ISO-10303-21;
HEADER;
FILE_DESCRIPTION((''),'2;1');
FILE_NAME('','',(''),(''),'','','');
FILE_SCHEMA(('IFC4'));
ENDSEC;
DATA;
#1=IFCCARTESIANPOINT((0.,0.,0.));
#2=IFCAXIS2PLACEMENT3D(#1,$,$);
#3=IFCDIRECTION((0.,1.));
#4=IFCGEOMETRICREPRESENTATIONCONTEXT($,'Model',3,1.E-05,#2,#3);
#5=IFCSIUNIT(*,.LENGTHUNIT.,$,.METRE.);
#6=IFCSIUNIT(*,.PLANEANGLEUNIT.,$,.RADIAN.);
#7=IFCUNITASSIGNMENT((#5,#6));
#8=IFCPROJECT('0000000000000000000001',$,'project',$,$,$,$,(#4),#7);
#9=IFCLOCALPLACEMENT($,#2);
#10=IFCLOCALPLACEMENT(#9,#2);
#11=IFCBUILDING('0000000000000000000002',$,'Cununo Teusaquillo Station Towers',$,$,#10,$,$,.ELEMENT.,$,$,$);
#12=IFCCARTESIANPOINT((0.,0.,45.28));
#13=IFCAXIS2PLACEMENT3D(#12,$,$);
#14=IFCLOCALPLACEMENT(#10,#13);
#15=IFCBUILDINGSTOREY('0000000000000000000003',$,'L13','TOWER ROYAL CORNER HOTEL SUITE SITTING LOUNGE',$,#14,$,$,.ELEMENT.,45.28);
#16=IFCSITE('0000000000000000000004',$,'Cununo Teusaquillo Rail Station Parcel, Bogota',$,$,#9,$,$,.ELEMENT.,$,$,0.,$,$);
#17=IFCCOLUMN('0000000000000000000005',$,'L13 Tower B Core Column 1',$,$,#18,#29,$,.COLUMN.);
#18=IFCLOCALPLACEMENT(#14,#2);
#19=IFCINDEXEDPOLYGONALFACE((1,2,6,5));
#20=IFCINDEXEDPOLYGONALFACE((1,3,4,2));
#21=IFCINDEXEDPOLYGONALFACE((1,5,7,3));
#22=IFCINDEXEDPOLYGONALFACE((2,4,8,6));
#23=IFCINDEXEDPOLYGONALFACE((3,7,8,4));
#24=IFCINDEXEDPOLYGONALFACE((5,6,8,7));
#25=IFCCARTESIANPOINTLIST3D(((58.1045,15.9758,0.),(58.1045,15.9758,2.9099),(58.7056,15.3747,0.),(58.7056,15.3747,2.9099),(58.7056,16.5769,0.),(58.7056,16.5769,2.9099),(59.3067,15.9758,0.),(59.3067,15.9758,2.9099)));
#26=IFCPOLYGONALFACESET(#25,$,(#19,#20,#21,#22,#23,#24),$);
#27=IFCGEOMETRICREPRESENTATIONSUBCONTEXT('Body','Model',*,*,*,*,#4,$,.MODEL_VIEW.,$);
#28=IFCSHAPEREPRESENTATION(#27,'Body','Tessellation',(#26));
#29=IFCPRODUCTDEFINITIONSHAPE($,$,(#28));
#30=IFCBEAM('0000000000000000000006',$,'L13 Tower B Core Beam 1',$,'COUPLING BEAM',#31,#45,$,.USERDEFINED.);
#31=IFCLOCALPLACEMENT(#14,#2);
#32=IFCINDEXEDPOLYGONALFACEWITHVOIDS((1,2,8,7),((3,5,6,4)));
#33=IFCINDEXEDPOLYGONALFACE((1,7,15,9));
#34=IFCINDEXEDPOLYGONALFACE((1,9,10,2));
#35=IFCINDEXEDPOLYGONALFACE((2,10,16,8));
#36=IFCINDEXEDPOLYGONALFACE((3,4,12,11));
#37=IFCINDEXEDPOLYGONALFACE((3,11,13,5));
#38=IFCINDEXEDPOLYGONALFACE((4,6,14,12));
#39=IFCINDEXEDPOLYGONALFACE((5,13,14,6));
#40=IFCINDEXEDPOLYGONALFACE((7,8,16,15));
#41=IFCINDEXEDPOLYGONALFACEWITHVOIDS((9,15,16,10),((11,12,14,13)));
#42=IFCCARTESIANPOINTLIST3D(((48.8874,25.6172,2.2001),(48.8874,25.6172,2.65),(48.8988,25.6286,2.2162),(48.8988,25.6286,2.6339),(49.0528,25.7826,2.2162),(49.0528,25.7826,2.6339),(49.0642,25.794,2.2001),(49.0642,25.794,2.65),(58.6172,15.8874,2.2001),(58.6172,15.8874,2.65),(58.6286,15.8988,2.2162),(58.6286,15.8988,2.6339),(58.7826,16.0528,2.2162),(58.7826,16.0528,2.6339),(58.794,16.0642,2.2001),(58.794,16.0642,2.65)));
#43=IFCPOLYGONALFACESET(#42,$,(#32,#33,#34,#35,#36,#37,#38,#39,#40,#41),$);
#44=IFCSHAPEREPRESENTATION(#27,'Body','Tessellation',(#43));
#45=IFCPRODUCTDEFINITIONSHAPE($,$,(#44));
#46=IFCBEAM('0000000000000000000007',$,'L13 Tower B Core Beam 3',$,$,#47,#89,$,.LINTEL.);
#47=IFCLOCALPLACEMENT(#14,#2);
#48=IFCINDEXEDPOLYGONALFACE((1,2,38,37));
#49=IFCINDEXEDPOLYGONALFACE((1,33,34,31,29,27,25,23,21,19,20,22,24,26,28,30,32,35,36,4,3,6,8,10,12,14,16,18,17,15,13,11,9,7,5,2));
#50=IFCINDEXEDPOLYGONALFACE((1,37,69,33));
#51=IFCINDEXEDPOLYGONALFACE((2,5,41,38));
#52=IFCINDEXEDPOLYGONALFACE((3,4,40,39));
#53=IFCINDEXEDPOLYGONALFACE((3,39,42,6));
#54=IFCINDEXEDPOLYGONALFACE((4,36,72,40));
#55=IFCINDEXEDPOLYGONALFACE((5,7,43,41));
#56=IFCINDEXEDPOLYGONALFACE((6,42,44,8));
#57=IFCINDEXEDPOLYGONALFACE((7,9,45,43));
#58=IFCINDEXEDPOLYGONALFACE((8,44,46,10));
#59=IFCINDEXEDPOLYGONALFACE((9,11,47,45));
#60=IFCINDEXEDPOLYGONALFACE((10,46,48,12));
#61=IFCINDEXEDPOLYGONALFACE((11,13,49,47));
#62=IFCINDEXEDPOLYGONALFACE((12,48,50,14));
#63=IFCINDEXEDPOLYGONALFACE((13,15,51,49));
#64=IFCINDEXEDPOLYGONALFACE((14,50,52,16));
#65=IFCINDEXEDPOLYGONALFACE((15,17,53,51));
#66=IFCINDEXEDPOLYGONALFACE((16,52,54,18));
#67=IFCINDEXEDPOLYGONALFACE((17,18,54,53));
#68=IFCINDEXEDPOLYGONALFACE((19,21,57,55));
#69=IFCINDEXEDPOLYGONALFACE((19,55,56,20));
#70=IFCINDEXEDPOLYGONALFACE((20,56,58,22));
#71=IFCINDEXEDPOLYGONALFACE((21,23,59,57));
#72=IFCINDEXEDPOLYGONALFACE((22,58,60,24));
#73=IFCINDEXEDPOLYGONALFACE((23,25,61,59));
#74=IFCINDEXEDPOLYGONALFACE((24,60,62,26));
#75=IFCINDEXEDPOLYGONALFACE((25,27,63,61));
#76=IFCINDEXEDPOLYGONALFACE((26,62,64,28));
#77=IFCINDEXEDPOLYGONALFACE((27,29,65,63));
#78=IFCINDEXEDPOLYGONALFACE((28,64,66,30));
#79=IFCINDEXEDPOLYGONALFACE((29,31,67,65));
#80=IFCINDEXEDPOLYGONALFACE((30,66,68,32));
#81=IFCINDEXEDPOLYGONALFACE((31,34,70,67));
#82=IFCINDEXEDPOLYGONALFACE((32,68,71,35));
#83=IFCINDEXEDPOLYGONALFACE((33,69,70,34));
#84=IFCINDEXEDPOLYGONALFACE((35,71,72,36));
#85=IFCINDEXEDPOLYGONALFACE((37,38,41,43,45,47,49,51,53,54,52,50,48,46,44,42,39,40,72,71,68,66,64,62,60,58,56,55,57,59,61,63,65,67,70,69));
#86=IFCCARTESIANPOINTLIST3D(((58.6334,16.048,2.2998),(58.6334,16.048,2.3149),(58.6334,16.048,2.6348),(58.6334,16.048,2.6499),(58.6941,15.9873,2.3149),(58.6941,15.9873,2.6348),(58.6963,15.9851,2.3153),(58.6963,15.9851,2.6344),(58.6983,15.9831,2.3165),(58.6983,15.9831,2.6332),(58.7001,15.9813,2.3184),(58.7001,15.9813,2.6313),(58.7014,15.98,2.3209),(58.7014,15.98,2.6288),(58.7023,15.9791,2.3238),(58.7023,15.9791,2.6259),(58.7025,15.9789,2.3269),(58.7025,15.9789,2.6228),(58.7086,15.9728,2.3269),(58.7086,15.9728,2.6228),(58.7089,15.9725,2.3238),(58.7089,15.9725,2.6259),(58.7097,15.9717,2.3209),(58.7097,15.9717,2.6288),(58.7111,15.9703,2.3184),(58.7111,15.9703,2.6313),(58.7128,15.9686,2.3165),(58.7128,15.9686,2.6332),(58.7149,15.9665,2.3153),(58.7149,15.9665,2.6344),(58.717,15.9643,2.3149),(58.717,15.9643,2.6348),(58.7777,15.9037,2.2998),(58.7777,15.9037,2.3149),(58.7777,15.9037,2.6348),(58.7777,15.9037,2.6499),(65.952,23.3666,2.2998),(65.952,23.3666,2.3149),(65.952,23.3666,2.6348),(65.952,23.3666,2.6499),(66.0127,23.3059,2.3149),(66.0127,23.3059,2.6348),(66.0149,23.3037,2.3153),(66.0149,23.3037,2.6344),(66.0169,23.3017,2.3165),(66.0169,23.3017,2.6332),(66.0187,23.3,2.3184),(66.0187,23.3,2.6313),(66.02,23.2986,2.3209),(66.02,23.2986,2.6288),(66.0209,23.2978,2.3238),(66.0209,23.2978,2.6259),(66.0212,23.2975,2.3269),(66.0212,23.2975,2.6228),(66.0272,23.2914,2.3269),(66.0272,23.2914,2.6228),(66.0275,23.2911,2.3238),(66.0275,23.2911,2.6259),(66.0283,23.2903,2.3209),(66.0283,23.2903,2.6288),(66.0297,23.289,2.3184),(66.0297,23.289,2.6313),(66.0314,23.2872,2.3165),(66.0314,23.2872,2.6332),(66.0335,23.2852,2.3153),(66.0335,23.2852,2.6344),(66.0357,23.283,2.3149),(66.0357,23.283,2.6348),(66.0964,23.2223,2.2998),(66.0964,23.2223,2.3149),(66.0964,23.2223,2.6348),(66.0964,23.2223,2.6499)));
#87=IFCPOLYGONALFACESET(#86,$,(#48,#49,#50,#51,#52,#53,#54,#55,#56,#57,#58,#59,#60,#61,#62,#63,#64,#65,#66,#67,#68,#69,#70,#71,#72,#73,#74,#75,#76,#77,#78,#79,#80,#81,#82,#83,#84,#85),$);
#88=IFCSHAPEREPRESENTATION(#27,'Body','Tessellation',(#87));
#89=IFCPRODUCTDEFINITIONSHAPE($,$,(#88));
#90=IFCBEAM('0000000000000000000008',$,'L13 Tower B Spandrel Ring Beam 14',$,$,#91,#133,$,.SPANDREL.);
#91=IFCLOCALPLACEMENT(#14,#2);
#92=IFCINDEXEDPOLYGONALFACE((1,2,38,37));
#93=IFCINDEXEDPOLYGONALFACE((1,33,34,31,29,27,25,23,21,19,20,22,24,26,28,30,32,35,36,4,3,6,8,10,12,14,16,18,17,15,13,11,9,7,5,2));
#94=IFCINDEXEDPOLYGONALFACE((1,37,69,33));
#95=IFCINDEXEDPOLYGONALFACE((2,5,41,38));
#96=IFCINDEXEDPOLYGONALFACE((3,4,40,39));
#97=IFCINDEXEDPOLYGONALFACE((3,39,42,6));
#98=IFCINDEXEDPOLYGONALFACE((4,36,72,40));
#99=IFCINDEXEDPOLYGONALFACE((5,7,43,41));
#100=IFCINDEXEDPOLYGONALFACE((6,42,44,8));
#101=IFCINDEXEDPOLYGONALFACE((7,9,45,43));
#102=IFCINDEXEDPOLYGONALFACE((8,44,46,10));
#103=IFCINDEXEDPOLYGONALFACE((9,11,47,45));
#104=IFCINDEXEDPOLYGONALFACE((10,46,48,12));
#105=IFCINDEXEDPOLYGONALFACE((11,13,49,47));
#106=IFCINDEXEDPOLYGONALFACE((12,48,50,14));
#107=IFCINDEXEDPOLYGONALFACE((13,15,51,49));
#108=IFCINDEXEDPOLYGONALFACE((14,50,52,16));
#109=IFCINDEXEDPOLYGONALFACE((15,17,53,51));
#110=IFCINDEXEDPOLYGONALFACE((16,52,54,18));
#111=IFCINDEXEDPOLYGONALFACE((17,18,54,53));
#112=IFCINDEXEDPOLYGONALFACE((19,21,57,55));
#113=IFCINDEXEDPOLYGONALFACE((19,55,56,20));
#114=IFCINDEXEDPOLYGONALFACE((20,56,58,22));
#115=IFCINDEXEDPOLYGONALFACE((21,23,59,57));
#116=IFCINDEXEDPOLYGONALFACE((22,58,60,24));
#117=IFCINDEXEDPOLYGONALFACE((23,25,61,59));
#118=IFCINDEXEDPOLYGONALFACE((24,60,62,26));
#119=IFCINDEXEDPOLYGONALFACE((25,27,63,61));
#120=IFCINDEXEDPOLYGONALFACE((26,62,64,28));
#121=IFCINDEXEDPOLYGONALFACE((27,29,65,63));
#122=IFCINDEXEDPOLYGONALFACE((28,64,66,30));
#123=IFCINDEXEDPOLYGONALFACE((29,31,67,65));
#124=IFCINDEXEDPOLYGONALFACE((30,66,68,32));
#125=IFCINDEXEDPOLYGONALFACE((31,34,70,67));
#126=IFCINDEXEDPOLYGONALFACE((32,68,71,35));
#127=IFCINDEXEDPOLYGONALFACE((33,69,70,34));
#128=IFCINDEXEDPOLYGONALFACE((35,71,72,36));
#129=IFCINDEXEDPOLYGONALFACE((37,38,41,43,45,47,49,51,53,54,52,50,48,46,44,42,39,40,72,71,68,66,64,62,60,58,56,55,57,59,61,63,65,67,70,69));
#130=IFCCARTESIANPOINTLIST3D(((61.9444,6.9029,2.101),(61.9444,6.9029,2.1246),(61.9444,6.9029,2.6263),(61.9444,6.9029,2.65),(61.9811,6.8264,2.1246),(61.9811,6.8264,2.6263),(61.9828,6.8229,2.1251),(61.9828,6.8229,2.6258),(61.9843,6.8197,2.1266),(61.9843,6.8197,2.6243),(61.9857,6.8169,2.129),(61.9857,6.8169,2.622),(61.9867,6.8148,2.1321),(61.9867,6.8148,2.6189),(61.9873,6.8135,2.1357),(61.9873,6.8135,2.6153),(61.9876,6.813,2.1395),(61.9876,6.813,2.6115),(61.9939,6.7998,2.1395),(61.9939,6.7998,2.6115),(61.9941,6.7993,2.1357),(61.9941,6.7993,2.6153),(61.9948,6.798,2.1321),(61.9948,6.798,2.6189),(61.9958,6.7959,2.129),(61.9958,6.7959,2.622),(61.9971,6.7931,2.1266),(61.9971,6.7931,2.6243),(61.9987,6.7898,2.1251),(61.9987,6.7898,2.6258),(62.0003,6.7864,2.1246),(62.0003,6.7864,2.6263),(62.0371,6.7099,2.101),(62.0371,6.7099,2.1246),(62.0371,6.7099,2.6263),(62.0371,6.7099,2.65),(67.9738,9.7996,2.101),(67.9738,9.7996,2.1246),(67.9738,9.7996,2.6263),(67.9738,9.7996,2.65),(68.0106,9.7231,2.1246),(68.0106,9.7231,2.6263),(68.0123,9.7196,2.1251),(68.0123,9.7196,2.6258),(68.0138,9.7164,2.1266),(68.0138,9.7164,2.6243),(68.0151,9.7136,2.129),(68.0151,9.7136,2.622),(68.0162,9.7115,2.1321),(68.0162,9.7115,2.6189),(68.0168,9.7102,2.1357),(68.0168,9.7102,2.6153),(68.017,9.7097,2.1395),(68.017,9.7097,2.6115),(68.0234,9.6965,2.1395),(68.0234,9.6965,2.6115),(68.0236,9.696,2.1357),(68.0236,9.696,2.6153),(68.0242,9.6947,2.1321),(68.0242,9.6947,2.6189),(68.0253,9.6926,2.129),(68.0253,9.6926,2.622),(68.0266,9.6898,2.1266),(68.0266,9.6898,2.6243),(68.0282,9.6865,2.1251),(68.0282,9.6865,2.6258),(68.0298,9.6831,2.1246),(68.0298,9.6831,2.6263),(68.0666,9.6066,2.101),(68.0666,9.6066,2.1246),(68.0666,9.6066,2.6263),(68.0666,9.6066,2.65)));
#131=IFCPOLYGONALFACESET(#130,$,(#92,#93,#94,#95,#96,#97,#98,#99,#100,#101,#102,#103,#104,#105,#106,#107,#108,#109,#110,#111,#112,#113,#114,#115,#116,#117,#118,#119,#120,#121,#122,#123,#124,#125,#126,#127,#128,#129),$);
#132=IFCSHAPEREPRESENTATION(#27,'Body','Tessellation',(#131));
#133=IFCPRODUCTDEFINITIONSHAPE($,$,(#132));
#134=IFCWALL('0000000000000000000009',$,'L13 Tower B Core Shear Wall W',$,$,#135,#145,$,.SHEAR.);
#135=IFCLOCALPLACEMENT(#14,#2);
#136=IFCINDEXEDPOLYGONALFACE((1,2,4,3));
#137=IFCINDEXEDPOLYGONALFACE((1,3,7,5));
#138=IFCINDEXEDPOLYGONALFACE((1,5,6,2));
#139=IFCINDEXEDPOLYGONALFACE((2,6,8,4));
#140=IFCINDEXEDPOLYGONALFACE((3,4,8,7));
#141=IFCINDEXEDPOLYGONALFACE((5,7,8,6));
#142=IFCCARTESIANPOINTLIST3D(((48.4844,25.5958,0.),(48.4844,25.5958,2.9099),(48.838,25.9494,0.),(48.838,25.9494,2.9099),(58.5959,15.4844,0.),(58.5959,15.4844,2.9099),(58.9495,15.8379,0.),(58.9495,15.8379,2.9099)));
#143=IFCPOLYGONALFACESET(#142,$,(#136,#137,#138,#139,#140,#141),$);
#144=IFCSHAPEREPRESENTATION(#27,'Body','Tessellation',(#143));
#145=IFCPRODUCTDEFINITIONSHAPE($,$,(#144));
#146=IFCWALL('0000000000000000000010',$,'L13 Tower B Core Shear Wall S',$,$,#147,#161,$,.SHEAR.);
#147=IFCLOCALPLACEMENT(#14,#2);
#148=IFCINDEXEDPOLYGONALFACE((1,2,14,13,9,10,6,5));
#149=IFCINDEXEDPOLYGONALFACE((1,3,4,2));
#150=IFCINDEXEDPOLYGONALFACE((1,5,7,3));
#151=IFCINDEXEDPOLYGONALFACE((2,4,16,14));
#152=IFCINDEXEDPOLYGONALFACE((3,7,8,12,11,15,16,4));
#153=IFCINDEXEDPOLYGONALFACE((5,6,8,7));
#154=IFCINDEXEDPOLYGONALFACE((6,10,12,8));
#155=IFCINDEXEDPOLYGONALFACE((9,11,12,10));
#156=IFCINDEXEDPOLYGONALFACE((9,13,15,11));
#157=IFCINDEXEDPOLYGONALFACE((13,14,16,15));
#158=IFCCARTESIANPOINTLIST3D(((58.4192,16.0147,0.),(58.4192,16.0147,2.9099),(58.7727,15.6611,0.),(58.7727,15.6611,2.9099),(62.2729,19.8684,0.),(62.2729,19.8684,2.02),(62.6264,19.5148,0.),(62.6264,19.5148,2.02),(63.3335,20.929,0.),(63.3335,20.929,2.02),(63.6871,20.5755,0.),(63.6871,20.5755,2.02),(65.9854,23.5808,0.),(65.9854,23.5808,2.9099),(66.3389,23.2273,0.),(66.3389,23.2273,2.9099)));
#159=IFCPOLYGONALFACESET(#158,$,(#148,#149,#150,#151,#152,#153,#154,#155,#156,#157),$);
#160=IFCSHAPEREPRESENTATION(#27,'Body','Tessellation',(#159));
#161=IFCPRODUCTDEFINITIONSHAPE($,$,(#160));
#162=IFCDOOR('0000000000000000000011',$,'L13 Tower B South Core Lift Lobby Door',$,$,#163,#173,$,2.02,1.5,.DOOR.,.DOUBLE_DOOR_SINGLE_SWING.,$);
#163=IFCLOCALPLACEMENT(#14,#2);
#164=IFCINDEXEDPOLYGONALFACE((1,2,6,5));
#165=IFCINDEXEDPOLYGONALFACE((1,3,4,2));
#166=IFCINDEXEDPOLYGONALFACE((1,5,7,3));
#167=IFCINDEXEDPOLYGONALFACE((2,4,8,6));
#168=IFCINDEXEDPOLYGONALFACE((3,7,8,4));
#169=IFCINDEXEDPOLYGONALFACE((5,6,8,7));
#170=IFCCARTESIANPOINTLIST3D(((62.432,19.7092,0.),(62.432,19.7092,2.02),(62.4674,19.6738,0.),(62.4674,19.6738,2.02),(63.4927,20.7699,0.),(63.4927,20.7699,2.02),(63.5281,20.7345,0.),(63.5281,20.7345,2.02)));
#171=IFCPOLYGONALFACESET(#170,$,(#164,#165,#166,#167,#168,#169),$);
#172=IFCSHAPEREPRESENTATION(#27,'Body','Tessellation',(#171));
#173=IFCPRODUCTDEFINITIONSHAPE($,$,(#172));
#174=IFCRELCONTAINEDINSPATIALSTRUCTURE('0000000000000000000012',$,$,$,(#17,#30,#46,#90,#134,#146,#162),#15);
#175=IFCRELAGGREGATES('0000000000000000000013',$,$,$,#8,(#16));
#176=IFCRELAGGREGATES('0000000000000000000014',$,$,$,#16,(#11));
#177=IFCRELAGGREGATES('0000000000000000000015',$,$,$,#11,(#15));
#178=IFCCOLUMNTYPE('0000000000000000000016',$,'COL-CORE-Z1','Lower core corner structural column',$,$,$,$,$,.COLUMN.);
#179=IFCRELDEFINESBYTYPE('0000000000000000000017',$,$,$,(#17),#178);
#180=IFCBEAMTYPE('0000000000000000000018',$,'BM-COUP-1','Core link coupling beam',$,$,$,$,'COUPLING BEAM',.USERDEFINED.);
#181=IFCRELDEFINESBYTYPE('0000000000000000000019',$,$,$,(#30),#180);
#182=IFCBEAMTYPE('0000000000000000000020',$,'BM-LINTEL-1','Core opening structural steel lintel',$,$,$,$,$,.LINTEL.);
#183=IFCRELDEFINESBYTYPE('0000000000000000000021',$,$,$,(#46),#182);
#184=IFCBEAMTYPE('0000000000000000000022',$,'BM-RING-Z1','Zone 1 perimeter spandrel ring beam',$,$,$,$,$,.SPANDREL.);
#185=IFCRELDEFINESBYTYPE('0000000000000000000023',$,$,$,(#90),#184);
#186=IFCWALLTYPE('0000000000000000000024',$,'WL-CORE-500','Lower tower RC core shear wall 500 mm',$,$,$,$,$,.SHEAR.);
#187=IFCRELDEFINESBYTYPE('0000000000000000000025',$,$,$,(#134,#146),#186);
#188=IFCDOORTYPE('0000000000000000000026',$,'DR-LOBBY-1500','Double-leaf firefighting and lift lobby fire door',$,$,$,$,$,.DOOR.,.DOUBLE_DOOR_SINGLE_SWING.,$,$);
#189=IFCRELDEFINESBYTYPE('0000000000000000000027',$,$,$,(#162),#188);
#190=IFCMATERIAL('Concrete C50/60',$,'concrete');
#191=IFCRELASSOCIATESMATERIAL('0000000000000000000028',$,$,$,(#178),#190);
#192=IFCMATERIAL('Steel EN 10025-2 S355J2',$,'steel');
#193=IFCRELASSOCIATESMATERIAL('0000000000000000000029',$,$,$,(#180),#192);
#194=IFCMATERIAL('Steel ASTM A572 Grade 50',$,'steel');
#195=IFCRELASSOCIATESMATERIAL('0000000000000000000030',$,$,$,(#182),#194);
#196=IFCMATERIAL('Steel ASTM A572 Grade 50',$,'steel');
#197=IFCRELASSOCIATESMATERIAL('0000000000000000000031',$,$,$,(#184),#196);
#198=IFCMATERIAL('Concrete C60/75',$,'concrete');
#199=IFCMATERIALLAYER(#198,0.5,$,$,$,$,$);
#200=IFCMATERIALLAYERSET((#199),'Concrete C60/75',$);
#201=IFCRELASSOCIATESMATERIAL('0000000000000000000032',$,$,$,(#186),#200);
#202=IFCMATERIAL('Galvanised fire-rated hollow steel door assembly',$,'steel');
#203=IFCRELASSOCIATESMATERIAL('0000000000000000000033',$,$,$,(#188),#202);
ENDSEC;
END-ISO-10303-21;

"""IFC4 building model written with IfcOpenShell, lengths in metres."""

from ifc_helpers import new_model, si_unit, direction, frame, frame_2d, origin, origin_2d, place, context, subcontext, project, spatial, rectangle, hollow_rectangle, i_section, extrude, source, transform, mapped, material, layer, layer_set, material_profile, profile_set, type_object, element, fill, save


model = new_model("IFC4")

# Units and contexts
model_context = context("Model", 3, precision=1e-05, world=origin(), true_north=direction((0.0, 1.0)))
body_context = subcontext(model_context, "Body", "Model", "MODEL_VIEW")
ifc_project = project(units=[si_unit("LENGTHUNIT", "METRE"), si_unit("PLANEANGLEUNIT", "RADIAN")], contexts=[model_context])

# Site, building, storey
site_placement = place(None, origin())
site = spatial("IfcSite", under=ifc_project, at=site_placement, Name="Cununo Teusaquillo Rail Station Parcel, Bogota", CompositionType="ELEMENT", RefElevation=0.0)
building_placement = place(site_placement, origin())
building = spatial("IfcBuilding", under=site, at=building_placement, Name="Cununo Teusaquillo Station Towers", CompositionType="ELEMENT")
storey_placement = place(building_placement, frame((0.0, 0.0, 45.28)))
storey = spatial("IfcBuildingStorey", under=building, at=storey_placement, Name="L13", Description="TOWER ROYAL CORNER HOTEL SUITE SITTING LOUNGE", CompositionType="ELEMENT", Elevation=45.28)

# Column
ifc_material_1 = material(Name="Concrete C50/60", Category="concrete")
ifc_material_profile_1 = material_profile(ifc_material_1, rectangle(XDim=0.8501, YDim=0.8501, at=origin_2d()), Name="RC-RECT-850x850")
ifc_profile_set_1 = profile_set([ifc_material_profile_1], Name="Concrete C50/60")
column_type = type_object("IfcColumnType", Name="COL-CORE-Z1", Description="Lower core corner structural column", PredefinedType="COLUMN", material=ifc_profile_set_1)
column_placement = place(storey_placement, frame((58.7056, 15.9758, 0.0), z_axis=(0.0, 0.0, 1.0), x_axis=(0.707107, 0.707107, 0.0)))
element("IfcColumn", 1, at=column_placement, inside=storey, type_object=column_type, Name="L13 Tower B Core Column 1", PredefinedType="COLUMN", context=body_context, shape_type="SweptSolid", body=[
    extrude(rectangle(XDim=0.8501, YDim=0.8501, at=origin_2d()), origin(), (0.0, 0.0, 1.0), 2.9099),
])

# Beams
ifc_material_2 = material(Name="Steel EN 10025-2 S355J2", Category="steel")
ifc_material_profile_2 = material_profile(ifc_material_2, hollow_rectangle(XDim=0.25, YDim=0.45, WallThickness=0.0161, at=origin_2d()), Name="RHS 450x250x16")
ifc_profile_set_2 = profile_set([ifc_material_profile_2], Name="Steel EN 10025-2 S355J2")
beam_type_1 = type_object("IfcBeamType", Name="BM-COUP-1", Description="Core link coupling beam", ElementType="COUPLING BEAM", PredefinedType="USERDEFINED", material=ifc_profile_set_2)
beam_1_placement = place(storey_placement, frame((58.7056, 15.9758, 2.425), z_axis=(-0.707107, 0.707107, 0.0), x_axis=(-0.707107, -0.707107, 0.0)))
element("IfcBeam", 2, at=beam_1_placement, inside=storey, type_object=beam_type_1, Name="L13 Tower B Core Beam 1", ObjectType="COUPLING BEAM", PredefinedType="USERDEFINED", context=body_context, shape_type="SweptSolid", body=[
    extrude(hollow_rectangle(XDim=0.25, YDim=0.45, WallThickness=0.0161, at=origin_2d()), origin(), (0.0, 0.0, 1.0), 13.76),
])
ifc_material_3 = material(Name="Steel ASTM A572 Grade 50", Category="steel")
ifc_material_profile_3 = material_profile(ifc_material_3, i_section(OverallWidth=0.2041, OverallDepth=0.3501, WebThickness=0.0085, FlangeThickness=0.0151, FilletRadius=0.012, at=origin_2d()), Name="W14X48")
ifc_profile_set_3 = profile_set([ifc_material_profile_3], Name="Steel ASTM A572 Grade 50")
beam_type_2 = type_object("IfcBeamType", Name="BM-LINTEL-1", Description="Core opening structural steel lintel", PredefinedType="LINTEL", material=ifc_profile_set_3)
beam_2_placement = place(storey_placement, frame((58.7056, 15.9758, 2.4749), z_axis=(0.707107, 0.707107, 0.0), x_axis=(-0.707107, 0.707107, 0.0)))
element("IfcBeam", 3, at=beam_2_placement, inside=storey, type_object=beam_type_2, Name="L13 Tower B Core Beam 3", PredefinedType="LINTEL", context=body_context, shape_type="SweptSolid", body=[
    extrude(i_section(OverallWidth=0.2041, OverallDepth=0.3501, WebThickness=0.0085, FlangeThickness=0.0151, FilletRadius=0.012, at=origin_2d()), origin(), (0.0, 0.0, 1.0), 10.3501),
])
ifc_material_4 = material(Name="Steel ASTM A572 Grade 50", Category="steel")
ifc_material_profile_4 = material_profile(ifc_material_4, i_section(OverallWidth=0.2141, OverallDepth=0.5491, WebThickness=0.0146, FlangeThickness=0.0237, FilletRadius=0.0149, at=origin_2d()), Name="W21X93")
ifc_profile_set_4 = profile_set([ifc_material_profile_4], Name="Steel ASTM A572 Grade 50")
beam_type_3 = type_object("IfcBeamType", Name="BM-RING-Z1", Description="Zone 1 perimeter spandrel ring beam", PredefinedType="SPANDREL", material=ifc_profile_set_4)
beam_3_placement = place(storey_placement, frame((61.9907, 6.8064, 2.3755), z_axis=(0.901374, 0.433041, 0.0), x_axis=(-0.433041, 0.901374, 0.0)))
element("IfcBeam", 4, at=beam_3_placement, inside=storey, type_object=beam_type_3, Name="L13 Tower B Spandrel Ring Beam 14", PredefinedType="SPANDREL", context=body_context, shape_type="SweptSolid", body=[
    extrude(i_section(OverallWidth=0.2141, OverallDepth=0.5491, WebThickness=0.0146, FlangeThickness=0.0237, FilletRadius=0.0149, at=origin_2d()), origin(), (0.0, 0.0, 1.0), 6.6892),
])

# Wall
ifc_material_5 = material(Name="Concrete C60/75", Category="concrete")
ifc_layer_1 = layer(ifc_material_5, 0.5)
ifc_layer_set_1 = layer_set([ifc_layer_1], Name="Concrete C60/75")
wall_type_1 = type_object("IfcWallType", Name="WL-CORE-500", Description="Lower tower RC core shear wall 500 mm", PredefinedType="SHEAR", material=ifc_layer_set_1)
wall_1_placement = place(storey_placement, frame((58.7727, 15.6611, 0.0), z_axis=(0.0, 0.0, 1.0), x_axis=(-0.707107, 0.707107, 0.0)))
element("IfcWall", 5, at=wall_1_placement, inside=storey, type_object=wall_type_1, Name="L13 Tower B Core Shear Wall W", PredefinedType="SHEAR", context=body_context, shape_type="SweptSolid", body=[
    extrude(rectangle(XDim=14.2998, YDim=0.5, at=frame_2d((7.1499, 0.0))), origin(), (0.0, 0.0, 1.0), 2.9099),
])

# Wall, opening, door
wall_2_placement = place(storey_placement, frame((58.5959, 15.8379, 0.0), z_axis=(0.0, 0.0, 1.0), x_axis=(0.707107, 0.707107, 0.0)))
wall_2 = element("IfcWall", 6, at=wall_2_placement, inside=storey, type_object=wall_type_1, Name="L13 Tower B Core Shear Wall S", PredefinedType="SHEAR", context=body_context, shape_type="SweptSolid", body=[
    extrude(rectangle(XDim=10.7002, YDim=0.5, at=frame_2d((5.3501, 0.0))), origin(), (0.0, 0.0, 1.0), 2.9099),
])
shared_shape_1 = source(origin(), body_context, "Body", "SweptSolid", [
    extrude(rectangle(XDim=1.5, YDim=2.02, at=frame_2d((0.75, 1.01))), frame((0.0, 0.26, 0.0), z_axis=(0.0, -1.0, 0.0), x_axis=(1.0, 0.0, 0.0)), (0.0, 0.0, 1.0), 0.52),
])
opening_1_placement = place(wall_2_placement, frame((5.45, 0.0, 0.0)))
opening_1 = element("IfcOpeningElement", 7, at=opening_1_placement, cuts=wall_2, PredefinedType="OPENING", context=body_context, shape_type="MappedRepresentation", body=[
    mapped(shared_shape_1, transform((0.0, 0.0, 0.0), x_axis=(1.0, 0.0, 0.0), y_axis=(0.0, 1.0, 0.0), z_axis=(0.0, 0.0, 1.0), scale=1.0)),
])
ifc_material_6 = material(Name="Galvanised fire-rated hollow steel door assembly", Category="steel")
door_type_1 = type_object("IfcDoorType", Name="DR-LOBBY-1500", Description="Double-leaf firefighting and lift lobby fire door", OperationType="DOUBLE_DOOR_SINGLE_SWING", PredefinedType="DOOR", material=ifc_material_6)
shared_shape_2 = source(origin(), body_context, "Body", "SweptSolid", [
    extrude(rectangle(XDim=1.5, YDim=2.02, at=frame_2d((0.75, 1.01))), frame((0.0, 0.0249, 0.0), z_axis=(0.0, -1.0, 0.0), x_axis=(1.0, 0.0, 0.0)), (0.0, 0.0, 1.0), 0.05),
])
door_1_placement = place(opening_1_placement, origin())
door_1 = element("IfcDoor", 8, at=door_1_placement, inside=storey, type_object=door_type_1, Name="L13 Tower B South Core Lift Lobby Door", OperationType="DOUBLE_DOOR_SINGLE_SWING", OverallHeight=2.02, OverallWidth=1.5, PredefinedType="DOOR", context=body_context, shape_type="MappedRepresentation", body=[
    mapped(shared_shape_2, transform((0.0, 0.0, 0.0), x_axis=(1.0, 0.0, 0.0), y_axis=(0.0, 1.0, 0.0), z_axis=(0.0, 0.0, 1.0), scale=1.0)),
])
fill(opening_1, door_1)

save(model, "model.ifc")
